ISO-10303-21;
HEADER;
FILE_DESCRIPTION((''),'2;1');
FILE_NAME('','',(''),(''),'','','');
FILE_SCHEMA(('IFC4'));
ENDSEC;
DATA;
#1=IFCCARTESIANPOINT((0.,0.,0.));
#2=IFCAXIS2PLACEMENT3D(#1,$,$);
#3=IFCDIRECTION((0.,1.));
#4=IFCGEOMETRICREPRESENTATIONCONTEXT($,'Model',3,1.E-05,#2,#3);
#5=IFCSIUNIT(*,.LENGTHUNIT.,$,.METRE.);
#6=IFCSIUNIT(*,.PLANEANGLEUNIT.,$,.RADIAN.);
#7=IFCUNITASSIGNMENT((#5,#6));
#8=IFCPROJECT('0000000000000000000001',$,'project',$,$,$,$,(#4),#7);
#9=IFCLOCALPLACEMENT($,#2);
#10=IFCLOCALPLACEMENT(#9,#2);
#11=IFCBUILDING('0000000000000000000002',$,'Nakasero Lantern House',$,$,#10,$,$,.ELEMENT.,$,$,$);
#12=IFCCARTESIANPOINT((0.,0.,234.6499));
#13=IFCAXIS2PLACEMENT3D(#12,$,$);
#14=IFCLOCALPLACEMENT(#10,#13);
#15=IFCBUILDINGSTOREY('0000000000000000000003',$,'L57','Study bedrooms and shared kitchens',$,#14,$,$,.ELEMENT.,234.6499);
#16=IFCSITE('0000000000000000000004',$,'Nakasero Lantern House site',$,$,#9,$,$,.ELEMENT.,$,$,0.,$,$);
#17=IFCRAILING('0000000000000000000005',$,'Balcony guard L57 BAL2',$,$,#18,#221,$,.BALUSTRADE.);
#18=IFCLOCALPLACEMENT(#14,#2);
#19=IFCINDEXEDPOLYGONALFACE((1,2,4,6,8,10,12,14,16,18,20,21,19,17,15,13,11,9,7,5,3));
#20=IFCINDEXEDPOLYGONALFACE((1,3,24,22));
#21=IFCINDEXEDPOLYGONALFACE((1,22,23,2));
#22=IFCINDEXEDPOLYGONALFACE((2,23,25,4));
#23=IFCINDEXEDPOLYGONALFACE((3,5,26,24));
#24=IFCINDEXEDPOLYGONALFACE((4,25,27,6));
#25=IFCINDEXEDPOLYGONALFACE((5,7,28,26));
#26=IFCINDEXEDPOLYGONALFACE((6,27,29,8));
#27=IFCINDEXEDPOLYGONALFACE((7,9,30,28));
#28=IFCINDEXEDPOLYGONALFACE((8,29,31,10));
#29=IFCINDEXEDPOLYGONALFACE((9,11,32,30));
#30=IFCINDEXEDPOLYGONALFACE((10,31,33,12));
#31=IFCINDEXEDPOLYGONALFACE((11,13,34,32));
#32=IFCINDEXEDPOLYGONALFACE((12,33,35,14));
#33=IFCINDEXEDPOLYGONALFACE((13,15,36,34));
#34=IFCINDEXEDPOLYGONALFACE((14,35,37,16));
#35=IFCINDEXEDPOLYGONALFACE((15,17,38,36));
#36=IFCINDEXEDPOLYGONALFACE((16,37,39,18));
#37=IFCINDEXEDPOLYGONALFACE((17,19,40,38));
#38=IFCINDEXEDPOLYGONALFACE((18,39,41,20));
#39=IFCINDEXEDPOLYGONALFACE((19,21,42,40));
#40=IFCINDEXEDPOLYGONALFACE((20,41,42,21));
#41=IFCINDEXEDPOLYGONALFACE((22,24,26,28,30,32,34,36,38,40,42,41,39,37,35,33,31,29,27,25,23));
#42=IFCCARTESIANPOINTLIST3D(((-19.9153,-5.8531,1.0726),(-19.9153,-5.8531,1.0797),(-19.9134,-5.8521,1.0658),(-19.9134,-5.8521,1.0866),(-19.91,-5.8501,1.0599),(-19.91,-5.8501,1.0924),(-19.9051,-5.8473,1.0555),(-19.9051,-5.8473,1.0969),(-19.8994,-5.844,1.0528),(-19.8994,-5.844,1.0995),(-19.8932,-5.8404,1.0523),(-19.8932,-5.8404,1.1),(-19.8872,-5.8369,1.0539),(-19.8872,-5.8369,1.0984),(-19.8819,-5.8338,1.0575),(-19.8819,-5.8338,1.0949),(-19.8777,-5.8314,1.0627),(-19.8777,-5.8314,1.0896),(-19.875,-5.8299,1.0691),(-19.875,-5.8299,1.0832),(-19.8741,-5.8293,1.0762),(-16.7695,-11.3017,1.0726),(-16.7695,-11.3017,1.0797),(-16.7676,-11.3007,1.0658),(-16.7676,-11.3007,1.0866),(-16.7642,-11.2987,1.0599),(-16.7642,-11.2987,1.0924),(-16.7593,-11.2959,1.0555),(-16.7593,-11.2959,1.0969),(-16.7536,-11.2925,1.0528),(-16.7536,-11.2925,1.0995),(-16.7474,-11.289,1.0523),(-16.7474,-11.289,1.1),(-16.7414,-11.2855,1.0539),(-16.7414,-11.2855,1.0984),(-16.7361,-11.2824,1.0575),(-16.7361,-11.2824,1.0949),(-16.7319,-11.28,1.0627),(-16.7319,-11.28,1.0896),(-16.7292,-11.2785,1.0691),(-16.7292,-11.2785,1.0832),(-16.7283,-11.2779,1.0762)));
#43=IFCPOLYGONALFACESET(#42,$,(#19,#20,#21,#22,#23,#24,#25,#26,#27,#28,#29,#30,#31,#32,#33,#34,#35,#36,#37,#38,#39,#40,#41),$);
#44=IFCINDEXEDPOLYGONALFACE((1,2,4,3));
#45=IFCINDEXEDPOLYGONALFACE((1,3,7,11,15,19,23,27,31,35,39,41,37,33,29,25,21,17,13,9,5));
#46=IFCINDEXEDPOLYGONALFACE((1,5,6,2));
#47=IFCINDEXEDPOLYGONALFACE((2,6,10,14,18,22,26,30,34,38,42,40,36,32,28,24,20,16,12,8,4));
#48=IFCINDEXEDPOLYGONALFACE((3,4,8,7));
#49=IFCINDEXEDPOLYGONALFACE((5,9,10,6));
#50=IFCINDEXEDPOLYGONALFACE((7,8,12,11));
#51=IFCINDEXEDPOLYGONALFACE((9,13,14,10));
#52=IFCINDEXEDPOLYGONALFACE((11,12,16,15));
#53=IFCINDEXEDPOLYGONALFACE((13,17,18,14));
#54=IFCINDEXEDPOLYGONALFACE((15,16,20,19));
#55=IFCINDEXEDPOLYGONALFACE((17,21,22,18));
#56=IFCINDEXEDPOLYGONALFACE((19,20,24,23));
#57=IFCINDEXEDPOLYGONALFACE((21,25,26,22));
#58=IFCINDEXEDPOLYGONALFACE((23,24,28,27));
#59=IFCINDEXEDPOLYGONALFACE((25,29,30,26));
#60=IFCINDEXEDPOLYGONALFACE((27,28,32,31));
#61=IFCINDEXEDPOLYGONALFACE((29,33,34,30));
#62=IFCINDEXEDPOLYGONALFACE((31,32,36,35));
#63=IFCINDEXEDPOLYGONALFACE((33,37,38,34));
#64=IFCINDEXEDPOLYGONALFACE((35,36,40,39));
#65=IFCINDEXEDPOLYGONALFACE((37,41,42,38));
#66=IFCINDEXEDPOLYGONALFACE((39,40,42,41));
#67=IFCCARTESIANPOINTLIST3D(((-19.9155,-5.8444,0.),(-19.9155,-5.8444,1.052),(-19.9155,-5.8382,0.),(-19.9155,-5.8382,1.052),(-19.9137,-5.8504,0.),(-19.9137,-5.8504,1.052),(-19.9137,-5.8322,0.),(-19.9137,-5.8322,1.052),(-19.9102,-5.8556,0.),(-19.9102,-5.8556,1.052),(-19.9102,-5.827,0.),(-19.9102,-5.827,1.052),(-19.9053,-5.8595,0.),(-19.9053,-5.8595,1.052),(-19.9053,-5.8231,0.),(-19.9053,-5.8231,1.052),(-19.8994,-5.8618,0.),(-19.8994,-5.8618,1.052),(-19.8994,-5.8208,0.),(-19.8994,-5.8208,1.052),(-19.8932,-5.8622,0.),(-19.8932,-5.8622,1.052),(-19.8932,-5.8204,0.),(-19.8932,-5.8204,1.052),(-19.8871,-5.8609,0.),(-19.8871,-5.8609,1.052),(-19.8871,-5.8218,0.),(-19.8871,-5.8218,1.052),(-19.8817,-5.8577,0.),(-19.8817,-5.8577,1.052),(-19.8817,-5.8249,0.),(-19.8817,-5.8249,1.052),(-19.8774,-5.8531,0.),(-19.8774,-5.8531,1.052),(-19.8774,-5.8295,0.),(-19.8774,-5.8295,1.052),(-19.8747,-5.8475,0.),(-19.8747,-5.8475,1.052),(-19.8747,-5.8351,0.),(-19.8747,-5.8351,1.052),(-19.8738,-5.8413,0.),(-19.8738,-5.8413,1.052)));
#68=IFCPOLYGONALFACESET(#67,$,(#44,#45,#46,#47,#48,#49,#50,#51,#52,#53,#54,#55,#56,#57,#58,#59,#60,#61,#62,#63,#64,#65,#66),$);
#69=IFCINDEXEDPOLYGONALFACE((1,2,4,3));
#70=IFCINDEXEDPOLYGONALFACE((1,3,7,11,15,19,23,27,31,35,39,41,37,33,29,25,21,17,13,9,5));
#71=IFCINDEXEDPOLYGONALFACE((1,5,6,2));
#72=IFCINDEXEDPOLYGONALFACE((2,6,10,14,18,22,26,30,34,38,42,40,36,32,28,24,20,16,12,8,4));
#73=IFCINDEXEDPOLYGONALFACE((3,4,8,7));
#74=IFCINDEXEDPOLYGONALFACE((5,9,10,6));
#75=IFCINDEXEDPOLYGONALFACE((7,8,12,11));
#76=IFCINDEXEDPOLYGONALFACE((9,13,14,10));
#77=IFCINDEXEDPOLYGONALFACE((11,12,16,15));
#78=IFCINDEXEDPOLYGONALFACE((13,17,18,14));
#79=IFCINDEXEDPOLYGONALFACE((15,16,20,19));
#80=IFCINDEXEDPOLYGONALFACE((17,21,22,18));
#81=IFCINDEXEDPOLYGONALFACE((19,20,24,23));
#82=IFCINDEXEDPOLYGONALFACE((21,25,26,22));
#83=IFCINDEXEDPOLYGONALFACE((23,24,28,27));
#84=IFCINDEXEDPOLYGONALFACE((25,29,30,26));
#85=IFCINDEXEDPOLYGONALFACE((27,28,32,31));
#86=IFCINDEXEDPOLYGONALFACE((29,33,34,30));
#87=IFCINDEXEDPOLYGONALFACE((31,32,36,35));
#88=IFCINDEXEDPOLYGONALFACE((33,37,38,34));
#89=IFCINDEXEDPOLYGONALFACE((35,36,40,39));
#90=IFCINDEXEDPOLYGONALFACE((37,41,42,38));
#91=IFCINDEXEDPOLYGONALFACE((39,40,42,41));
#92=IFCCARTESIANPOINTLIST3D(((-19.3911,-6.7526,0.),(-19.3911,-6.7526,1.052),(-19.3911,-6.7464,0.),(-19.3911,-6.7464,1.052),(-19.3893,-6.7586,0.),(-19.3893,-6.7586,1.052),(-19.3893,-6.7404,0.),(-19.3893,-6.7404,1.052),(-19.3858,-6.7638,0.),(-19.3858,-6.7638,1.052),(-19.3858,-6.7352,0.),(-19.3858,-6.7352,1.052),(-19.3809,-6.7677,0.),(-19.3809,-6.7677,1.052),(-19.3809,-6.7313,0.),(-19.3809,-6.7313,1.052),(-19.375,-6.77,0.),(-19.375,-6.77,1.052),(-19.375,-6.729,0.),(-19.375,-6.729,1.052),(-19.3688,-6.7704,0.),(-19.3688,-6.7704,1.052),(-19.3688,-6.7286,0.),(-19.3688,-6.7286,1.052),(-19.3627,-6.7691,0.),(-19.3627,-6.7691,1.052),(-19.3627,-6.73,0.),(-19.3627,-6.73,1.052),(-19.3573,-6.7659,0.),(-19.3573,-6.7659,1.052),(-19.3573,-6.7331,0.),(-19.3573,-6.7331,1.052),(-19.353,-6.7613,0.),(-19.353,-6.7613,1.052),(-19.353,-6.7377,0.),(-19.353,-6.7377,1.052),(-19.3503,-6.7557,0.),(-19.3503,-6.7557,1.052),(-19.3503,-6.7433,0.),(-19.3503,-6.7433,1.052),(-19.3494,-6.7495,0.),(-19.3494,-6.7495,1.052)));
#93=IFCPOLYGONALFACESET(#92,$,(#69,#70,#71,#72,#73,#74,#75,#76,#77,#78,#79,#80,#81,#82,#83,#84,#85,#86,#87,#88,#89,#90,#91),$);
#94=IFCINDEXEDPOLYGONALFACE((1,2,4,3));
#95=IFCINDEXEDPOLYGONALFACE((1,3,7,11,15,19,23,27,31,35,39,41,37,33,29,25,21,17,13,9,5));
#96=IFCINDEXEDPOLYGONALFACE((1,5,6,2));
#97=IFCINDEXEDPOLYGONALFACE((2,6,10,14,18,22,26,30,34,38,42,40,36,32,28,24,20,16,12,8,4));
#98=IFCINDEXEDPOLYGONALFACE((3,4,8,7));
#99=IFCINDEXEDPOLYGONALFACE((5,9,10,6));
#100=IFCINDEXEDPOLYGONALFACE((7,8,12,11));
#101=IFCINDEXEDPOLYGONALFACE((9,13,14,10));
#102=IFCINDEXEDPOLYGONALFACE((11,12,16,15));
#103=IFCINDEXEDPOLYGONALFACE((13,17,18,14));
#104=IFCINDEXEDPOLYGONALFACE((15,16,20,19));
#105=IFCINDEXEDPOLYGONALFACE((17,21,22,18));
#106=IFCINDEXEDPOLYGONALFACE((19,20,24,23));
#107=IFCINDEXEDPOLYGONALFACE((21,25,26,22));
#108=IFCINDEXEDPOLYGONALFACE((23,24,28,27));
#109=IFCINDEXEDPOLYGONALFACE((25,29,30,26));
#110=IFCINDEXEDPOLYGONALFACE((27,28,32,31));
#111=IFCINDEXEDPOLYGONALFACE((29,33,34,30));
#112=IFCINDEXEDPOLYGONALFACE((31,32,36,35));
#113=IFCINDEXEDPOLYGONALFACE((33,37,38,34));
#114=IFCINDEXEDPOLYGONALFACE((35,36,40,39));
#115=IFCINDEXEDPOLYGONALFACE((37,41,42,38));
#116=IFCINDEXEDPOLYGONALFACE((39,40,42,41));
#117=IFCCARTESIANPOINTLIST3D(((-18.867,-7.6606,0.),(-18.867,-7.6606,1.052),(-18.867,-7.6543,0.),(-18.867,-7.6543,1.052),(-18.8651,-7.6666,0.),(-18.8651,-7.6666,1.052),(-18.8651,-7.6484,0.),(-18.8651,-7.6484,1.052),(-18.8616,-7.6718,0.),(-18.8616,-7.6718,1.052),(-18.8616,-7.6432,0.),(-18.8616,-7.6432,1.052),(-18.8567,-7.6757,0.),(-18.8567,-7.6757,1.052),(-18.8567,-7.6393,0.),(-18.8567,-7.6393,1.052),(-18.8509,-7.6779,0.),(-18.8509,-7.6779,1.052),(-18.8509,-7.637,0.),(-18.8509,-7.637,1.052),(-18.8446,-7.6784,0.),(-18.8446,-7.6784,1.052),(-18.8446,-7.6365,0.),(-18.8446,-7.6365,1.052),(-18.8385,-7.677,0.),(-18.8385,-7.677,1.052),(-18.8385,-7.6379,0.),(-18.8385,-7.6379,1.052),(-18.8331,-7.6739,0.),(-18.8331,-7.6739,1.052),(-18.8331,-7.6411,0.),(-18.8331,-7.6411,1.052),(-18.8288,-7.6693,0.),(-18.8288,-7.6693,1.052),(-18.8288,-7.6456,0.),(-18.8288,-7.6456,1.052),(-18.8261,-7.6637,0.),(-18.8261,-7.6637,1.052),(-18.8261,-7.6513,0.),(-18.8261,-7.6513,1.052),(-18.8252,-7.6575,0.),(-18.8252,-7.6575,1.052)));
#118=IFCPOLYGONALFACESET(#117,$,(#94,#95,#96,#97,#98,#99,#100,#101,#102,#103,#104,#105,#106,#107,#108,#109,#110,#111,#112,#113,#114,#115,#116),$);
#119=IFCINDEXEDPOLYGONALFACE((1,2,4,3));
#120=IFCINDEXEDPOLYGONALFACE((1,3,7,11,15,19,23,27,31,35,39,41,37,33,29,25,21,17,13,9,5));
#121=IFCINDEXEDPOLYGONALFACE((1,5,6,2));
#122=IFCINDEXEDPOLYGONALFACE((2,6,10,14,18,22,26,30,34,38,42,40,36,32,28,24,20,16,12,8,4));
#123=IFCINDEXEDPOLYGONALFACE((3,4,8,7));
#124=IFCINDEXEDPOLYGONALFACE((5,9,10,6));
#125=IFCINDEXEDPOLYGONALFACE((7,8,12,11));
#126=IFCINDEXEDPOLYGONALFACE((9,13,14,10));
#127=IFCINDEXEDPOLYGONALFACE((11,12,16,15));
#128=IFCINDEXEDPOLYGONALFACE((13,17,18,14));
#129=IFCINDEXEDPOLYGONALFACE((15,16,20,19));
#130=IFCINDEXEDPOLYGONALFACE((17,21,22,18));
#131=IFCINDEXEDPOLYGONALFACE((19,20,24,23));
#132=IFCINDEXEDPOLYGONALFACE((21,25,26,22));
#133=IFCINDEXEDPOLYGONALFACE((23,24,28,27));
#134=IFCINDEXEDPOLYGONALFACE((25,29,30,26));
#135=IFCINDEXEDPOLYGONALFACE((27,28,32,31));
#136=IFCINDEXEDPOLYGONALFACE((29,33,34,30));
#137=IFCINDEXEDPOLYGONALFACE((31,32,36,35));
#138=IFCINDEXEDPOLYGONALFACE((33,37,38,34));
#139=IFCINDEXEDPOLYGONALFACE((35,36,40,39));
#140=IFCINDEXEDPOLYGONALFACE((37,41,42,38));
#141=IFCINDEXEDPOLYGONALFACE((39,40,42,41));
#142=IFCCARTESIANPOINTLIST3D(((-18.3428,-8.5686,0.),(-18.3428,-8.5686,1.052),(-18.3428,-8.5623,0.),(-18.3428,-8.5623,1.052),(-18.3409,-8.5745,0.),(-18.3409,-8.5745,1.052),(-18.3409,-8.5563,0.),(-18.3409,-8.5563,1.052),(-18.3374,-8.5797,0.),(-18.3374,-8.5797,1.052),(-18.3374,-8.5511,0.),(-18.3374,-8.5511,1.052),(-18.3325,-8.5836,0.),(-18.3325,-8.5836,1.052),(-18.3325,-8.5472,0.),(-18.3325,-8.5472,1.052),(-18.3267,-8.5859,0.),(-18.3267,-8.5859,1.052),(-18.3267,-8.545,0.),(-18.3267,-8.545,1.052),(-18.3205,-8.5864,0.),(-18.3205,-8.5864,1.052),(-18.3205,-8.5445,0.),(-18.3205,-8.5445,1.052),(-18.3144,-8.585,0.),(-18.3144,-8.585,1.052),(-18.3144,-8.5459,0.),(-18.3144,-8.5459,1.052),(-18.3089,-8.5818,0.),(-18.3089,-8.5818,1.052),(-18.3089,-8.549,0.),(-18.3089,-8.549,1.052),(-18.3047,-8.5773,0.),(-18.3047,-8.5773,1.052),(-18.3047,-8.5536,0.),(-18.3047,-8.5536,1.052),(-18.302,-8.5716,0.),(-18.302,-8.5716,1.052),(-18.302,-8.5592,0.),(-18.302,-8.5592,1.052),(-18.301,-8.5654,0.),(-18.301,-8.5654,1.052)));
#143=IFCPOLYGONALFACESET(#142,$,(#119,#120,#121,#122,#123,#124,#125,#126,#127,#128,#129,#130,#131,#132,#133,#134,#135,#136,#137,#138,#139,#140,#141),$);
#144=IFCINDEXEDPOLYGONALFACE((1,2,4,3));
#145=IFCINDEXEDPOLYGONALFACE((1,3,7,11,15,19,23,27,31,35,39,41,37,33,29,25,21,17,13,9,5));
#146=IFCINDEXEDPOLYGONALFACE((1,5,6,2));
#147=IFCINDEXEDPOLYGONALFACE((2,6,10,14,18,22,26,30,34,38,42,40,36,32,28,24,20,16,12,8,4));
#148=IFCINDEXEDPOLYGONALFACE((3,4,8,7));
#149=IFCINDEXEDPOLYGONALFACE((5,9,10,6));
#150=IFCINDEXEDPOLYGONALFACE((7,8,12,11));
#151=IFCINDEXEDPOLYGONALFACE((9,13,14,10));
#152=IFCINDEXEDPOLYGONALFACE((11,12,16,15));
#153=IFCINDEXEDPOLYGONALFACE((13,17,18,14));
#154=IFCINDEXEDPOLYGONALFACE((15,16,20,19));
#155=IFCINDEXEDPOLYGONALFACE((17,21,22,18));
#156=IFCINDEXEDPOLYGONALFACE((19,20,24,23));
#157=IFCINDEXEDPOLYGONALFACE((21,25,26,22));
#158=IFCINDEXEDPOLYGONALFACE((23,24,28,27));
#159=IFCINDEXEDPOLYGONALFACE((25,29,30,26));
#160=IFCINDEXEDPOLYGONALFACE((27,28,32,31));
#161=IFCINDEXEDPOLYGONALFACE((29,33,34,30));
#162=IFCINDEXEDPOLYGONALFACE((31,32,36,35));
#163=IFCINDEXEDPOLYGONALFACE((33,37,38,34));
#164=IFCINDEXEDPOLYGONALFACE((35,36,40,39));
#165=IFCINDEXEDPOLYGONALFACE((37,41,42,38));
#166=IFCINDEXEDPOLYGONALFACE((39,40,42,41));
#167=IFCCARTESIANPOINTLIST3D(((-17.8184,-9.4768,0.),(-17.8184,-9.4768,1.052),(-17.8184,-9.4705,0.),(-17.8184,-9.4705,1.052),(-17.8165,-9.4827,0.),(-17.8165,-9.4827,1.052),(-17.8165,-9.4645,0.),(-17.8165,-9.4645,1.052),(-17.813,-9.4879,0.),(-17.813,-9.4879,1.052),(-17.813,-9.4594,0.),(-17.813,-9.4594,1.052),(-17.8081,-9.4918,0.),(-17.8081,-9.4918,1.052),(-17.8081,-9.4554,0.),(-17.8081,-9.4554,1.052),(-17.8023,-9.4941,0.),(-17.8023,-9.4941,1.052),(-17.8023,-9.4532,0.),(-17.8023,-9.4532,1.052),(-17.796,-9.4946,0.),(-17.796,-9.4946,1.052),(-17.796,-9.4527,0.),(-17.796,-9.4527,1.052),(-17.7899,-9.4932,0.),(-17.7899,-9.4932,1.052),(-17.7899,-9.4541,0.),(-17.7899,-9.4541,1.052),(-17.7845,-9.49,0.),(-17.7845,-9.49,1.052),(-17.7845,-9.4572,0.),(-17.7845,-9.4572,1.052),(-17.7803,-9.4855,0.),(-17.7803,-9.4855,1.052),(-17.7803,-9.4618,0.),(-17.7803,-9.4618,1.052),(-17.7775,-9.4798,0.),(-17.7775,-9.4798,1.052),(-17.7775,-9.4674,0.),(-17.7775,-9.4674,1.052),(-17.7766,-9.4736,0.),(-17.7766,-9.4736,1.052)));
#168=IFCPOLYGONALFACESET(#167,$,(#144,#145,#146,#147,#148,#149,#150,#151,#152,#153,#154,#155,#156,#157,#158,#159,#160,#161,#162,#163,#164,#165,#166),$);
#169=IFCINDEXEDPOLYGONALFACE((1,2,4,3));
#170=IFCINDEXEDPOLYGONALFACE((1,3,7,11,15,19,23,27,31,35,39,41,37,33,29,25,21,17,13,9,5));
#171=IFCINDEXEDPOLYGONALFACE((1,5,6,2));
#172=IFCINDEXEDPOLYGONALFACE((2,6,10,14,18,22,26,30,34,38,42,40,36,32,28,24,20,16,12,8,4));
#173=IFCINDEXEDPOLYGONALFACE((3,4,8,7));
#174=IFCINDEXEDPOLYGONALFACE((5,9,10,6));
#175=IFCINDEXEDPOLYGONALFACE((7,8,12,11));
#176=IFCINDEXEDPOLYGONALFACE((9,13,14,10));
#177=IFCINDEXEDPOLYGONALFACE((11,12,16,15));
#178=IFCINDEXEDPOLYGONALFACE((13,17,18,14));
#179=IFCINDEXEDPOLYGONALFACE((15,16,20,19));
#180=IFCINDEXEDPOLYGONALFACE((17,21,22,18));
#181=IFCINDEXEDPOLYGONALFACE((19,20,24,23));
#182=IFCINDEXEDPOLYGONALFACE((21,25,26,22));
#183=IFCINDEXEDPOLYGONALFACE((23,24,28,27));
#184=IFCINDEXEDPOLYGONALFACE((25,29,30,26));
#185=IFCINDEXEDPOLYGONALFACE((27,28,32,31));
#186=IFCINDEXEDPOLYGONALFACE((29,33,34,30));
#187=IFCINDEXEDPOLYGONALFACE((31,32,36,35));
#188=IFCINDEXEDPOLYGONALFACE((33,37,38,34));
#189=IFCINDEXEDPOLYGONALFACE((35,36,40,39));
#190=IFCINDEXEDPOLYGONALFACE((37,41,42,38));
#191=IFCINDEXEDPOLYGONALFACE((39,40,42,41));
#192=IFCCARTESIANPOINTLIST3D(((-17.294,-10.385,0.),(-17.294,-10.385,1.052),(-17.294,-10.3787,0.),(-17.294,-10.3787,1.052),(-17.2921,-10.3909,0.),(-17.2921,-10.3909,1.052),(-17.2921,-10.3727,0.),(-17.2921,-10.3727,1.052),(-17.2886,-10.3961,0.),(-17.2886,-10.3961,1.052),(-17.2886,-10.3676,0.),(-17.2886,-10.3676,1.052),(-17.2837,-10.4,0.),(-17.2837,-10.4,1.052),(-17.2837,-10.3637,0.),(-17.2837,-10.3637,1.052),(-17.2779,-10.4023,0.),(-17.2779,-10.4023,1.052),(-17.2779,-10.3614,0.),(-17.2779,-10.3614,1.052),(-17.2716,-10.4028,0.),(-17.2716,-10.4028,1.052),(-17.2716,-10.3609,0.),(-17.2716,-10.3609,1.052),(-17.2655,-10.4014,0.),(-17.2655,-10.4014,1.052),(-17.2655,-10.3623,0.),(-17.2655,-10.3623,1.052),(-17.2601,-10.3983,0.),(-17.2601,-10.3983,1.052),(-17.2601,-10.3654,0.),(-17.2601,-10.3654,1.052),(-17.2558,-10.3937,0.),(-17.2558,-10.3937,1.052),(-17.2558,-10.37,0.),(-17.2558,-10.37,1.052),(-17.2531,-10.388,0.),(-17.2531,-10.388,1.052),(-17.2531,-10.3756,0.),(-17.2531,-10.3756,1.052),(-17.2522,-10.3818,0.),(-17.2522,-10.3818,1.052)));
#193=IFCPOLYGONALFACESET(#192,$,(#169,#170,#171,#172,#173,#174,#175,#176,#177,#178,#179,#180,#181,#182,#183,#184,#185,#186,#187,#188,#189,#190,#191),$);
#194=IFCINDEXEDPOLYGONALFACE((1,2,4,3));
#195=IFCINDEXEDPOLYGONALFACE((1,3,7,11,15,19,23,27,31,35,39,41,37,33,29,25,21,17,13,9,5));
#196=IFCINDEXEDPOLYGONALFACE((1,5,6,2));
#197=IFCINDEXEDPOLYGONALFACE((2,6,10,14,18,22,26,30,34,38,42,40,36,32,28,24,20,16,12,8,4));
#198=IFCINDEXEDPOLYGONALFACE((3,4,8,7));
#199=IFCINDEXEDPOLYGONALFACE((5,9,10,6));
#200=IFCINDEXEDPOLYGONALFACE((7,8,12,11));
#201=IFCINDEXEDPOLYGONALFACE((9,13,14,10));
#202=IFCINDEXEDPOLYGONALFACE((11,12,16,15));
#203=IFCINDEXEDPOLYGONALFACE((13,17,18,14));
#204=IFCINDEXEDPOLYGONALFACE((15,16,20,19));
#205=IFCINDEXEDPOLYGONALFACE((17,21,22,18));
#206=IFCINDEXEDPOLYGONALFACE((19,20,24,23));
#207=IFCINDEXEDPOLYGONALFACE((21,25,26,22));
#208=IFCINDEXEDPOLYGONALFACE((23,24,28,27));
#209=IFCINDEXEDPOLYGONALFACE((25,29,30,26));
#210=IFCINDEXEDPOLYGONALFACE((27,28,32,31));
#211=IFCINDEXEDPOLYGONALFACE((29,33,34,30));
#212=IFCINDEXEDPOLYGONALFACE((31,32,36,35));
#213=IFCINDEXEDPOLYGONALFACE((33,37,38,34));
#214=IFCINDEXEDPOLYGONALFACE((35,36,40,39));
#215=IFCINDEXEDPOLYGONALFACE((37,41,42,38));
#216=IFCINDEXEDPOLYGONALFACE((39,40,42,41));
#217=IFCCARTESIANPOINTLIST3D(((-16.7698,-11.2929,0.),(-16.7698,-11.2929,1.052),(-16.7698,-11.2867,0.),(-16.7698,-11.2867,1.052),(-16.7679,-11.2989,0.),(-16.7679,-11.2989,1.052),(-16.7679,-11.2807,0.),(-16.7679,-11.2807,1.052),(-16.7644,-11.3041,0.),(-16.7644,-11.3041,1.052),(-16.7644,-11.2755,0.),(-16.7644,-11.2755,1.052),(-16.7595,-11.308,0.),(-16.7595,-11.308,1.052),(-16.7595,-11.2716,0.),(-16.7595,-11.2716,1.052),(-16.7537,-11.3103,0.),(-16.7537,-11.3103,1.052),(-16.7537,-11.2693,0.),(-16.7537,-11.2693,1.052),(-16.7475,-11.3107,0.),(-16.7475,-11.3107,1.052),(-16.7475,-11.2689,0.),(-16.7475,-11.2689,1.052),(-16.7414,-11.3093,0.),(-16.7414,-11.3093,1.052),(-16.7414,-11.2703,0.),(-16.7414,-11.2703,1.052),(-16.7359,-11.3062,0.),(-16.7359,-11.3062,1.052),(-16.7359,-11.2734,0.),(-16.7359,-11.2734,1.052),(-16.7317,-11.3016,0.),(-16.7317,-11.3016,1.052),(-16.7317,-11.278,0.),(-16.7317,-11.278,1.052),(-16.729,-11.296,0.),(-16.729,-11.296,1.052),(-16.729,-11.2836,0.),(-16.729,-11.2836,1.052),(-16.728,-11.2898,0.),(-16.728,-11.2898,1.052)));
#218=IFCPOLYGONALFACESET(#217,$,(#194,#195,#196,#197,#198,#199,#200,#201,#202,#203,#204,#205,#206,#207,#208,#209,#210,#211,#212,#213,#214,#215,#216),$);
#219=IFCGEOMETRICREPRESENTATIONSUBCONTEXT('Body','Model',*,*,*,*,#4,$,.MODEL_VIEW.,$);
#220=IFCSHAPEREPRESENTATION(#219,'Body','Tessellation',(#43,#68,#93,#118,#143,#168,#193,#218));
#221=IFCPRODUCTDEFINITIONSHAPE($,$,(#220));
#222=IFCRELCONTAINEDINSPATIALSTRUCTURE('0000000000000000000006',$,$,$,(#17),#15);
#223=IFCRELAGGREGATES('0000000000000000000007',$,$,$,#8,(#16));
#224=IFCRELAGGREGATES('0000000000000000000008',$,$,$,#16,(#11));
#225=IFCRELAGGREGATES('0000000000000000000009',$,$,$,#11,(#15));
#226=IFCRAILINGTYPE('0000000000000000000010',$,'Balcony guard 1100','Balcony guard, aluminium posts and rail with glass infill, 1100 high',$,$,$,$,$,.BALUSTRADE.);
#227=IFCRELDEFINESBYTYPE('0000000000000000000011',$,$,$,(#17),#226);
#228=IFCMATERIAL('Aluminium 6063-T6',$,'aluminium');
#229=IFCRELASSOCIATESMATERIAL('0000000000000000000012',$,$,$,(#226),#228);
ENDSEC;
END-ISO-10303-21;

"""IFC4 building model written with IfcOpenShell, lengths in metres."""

from ifc_helpers import new_model, si_unit, direction, frame, origin, origin_2d, place, context, subcontext, project, spatial, circle, extrude, material, type_object, element, save


model = new_model("IFC4")

# Units and contexts
model_context = context("Model", 3, precision=1e-05, world=origin(), true_north=direction((0.0, 1.0)))
body_context = subcontext(model_context, "Body", "Model", "MODEL_VIEW")
ifc_project = project(units=[si_unit("LENGTHUNIT", "METRE"), si_unit("PLANEANGLEUNIT", "RADIAN")], contexts=[model_context])

# Site, building, storey
site_placement = place(None, origin())
site = spatial("IfcSite", under=ifc_project, at=site_placement, Name="Nakasero Lantern House site", CompositionType="ELEMENT", RefElevation=0.0)
building_placement = place(site_placement, origin())
building = spatial("IfcBuilding", under=site, at=building_placement, Name="Nakasero Lantern House", CompositionType="ELEMENT")
storey_placement = place(building_placement, frame((0.0, 0.0, 234.6499)))
storey = spatial("IfcBuildingStorey", under=building, at=storey_placement, Name="L57", Description="Study bedrooms and shared kitchens", CompositionType="ELEMENT", Elevation=234.6499)

# Railing
ifc_material_1 = material(Name="Aluminium 6063-T6", Category="aluminium")
railing_type = type_object("IfcRailingType", Name="Balcony guard 1100", Description="Balcony guard, aluminium posts and rail with glass infill, 1100 high", PredefinedType="BALUSTRADE", material=ifc_material_1)
railing_placement = place(storey_placement, frame((-19.8948, -5.8413, 0.0)))
element("IfcRailing", 1, at=railing_placement, inside=storey, type_object=railing_type, Name="Balcony guard L57 BAL2", PredefinedType="BALUSTRADE", context=body_context, shape_type="SweptSolid", body=[
    extrude(circle(Radius=0.0239, at=origin_2d()), frame((0.0, 0.0, 1.0762), z_axis=(0.500008, -0.866021, 0.0), x_axis=(0.866021, 0.500008, 0.0)), (0.0, 0.0, 1.0), 6.2915),
    extrude(circle(Radius=0.021, at=origin_2d()), origin(), (0.0, 0.0, 1.0), 1.052),
    extrude(circle(Radius=0.021, at=origin_2d()), frame((0.5244, -0.9082, 0.0)), (0.0, 0.0, 1.0), 1.052),
    extrude(circle(Radius=0.021, at=origin_2d()), frame((1.0486, -1.8162, 0.0)), (0.0, 0.0, 1.0), 1.052),
    extrude(circle(Radius=0.021, at=origin_2d()), frame((1.5728, -2.7241, 0.0)), (0.0, 0.0, 1.0), 1.052),
    extrude(circle(Radius=0.021, at=origin_2d()), frame((2.0972, -3.6323, 0.0)), (0.0, 0.0, 1.0), 1.052),
    extrude(circle(Radius=0.021, at=origin_2d()), frame((2.6216, -4.5405, 0.0)), (0.0, 0.0, 1.0), 1.052),
    extrude(circle(Radius=0.021, at=origin_2d()), frame((3.1458, -5.4485, 0.0)), (0.0, 0.0, 1.0), 1.052),
])

save(model, "model.ifc")
